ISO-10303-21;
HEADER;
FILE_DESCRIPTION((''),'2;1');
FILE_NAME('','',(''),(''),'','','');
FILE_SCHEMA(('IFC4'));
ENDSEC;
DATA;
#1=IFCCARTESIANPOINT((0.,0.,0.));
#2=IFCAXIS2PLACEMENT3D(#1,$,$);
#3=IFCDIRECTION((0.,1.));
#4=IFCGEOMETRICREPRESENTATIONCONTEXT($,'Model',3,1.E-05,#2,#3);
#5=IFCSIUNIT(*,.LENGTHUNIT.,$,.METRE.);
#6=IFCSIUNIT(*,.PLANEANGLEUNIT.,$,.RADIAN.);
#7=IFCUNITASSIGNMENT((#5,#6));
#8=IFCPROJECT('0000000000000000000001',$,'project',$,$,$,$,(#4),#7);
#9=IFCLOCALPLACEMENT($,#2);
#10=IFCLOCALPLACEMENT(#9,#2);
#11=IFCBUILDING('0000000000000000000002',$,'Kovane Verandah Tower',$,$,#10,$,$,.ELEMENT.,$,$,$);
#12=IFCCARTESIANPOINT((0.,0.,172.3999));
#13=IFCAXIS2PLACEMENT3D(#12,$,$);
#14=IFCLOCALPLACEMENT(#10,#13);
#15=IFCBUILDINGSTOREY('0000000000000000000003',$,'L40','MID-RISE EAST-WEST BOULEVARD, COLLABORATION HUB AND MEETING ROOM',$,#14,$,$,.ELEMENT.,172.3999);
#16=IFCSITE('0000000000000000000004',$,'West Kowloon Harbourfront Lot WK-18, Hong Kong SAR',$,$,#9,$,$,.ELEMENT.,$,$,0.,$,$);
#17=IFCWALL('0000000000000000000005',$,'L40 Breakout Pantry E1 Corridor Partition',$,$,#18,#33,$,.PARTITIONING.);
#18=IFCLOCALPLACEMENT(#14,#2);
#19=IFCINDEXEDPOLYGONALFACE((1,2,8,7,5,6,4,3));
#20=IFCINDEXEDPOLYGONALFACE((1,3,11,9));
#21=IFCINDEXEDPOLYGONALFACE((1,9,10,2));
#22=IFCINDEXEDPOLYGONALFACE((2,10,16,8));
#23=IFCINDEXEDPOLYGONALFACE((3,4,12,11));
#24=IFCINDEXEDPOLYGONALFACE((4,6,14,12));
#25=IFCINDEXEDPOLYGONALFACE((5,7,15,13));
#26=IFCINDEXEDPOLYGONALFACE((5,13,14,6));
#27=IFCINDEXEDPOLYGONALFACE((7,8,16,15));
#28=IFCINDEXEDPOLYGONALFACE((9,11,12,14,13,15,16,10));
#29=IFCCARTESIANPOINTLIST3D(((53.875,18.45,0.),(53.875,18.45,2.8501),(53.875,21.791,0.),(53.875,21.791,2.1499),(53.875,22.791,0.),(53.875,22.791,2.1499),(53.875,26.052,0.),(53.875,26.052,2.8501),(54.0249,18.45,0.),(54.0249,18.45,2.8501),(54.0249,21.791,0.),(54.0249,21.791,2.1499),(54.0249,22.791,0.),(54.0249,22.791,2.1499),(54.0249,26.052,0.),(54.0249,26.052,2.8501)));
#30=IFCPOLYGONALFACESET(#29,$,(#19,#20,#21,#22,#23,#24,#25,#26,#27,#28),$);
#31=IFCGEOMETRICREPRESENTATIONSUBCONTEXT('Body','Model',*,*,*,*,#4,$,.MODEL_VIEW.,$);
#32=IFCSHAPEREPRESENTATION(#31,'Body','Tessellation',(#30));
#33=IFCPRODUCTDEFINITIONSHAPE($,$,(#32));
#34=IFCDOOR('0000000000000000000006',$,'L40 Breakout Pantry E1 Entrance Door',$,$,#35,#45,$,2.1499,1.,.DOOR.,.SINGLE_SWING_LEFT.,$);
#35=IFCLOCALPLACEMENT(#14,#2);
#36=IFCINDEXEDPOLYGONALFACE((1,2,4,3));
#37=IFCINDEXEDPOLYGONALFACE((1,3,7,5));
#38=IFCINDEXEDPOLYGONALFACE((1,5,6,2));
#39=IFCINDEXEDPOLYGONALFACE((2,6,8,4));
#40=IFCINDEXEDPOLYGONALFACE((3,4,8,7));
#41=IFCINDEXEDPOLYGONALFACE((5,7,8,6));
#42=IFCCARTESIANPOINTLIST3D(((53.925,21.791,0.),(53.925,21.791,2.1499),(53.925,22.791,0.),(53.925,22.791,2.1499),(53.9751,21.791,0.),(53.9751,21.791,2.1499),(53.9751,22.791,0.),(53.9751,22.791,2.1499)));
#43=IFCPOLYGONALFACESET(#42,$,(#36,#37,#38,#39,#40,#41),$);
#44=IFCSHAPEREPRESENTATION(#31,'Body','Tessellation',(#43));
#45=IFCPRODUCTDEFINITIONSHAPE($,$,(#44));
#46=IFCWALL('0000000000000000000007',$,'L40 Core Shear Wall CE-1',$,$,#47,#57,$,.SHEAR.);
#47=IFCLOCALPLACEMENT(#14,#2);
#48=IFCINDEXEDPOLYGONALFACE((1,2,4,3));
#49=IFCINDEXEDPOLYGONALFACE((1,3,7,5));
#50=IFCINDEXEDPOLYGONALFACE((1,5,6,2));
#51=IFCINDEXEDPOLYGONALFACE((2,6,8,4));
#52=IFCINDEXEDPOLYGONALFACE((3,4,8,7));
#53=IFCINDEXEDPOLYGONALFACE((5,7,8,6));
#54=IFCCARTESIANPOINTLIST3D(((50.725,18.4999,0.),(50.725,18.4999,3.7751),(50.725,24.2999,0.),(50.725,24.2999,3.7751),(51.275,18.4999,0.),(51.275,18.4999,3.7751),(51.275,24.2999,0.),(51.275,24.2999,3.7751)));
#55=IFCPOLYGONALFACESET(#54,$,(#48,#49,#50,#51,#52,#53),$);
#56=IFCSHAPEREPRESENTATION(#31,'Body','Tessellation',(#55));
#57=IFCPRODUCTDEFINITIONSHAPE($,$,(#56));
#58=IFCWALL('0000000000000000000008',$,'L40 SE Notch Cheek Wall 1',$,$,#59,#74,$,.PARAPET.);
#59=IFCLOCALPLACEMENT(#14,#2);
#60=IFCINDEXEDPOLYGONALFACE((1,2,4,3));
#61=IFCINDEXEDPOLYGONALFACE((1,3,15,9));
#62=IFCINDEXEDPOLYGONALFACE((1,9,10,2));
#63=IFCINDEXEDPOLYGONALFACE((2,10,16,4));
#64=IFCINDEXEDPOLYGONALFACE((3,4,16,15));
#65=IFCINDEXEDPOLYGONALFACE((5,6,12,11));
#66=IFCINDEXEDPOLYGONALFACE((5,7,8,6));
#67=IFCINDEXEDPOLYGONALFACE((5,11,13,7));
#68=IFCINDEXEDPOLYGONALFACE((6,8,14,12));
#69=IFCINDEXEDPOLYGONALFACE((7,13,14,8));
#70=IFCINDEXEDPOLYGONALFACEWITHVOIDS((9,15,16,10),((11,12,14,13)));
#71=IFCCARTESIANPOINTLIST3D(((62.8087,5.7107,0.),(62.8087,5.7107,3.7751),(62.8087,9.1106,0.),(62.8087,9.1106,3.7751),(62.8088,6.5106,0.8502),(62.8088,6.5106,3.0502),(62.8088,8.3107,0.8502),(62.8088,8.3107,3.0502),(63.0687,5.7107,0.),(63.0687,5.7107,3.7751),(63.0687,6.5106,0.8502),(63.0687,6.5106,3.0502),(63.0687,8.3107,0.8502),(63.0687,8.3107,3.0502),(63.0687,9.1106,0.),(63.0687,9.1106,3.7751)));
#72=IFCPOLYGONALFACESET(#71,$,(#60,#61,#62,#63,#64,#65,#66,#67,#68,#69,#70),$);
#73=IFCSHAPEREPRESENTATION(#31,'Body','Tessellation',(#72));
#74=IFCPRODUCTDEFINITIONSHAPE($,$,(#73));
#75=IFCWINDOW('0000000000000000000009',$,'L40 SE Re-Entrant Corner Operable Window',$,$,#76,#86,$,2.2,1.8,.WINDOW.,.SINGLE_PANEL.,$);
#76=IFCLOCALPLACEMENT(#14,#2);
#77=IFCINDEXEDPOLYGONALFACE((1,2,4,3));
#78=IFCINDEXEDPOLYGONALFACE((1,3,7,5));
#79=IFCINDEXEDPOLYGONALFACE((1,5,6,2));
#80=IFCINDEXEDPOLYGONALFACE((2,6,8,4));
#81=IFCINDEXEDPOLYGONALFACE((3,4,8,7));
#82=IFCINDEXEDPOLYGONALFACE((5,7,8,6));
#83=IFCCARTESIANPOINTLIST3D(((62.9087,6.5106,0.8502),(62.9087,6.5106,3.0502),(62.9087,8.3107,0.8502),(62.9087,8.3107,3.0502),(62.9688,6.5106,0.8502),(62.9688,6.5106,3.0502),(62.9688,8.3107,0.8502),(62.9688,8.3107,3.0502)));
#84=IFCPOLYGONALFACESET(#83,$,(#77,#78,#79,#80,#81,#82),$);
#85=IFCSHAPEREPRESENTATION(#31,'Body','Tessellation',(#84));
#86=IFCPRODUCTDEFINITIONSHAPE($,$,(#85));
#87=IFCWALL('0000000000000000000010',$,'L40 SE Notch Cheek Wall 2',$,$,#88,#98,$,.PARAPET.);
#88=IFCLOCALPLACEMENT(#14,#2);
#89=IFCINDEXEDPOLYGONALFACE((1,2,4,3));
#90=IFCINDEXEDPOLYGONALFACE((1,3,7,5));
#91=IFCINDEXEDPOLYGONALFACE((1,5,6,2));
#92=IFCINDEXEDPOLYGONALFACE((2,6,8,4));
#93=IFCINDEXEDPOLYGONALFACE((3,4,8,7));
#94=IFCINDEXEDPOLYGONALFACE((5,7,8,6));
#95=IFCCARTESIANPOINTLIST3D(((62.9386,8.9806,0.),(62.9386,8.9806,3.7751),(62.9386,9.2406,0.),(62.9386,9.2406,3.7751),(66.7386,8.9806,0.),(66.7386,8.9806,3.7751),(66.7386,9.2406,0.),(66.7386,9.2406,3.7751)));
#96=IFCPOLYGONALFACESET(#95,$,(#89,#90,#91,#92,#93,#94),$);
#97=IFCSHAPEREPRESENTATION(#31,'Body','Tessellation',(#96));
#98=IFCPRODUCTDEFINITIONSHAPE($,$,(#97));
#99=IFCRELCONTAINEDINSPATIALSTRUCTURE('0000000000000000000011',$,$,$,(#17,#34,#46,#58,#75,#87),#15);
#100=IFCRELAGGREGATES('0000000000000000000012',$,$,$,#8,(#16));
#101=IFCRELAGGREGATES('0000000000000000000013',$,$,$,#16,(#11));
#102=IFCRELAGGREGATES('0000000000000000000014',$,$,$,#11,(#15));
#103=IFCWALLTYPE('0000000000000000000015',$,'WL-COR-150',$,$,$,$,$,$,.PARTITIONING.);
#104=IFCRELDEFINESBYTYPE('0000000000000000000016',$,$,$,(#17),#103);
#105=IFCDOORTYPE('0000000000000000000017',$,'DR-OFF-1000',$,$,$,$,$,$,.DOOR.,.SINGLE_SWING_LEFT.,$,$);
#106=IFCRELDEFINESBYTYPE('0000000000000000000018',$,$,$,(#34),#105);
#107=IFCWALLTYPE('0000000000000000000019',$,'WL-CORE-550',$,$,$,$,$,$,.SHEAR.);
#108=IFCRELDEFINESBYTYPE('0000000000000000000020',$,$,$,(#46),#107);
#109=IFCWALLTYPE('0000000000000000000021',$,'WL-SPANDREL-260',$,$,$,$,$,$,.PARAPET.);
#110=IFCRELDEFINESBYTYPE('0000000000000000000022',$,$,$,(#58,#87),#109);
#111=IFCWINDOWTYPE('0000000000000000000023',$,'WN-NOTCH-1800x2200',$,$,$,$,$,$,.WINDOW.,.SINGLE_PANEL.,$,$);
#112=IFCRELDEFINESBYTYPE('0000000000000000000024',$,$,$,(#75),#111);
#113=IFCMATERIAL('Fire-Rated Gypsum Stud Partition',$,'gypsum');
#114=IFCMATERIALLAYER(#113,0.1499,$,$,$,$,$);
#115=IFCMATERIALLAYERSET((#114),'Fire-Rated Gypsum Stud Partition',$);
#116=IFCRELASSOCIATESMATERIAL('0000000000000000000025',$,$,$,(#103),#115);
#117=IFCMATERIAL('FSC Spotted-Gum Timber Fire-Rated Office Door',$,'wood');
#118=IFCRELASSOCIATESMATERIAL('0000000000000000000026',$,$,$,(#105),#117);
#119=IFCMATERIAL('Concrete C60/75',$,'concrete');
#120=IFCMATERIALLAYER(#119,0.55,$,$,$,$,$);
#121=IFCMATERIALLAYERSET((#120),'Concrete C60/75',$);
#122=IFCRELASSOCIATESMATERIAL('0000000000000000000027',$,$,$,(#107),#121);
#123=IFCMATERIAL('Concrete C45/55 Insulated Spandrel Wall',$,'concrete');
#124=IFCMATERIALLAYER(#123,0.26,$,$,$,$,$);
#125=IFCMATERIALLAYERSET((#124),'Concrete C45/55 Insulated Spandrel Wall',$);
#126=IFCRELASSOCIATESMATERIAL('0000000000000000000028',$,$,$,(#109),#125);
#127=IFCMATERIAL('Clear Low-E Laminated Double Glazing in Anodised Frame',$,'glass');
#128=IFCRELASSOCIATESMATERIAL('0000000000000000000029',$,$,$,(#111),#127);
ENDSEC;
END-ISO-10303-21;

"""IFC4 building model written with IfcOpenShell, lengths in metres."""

from ifc_helpers import new_model, si_unit, direction, frame, frame_2d, origin, place, context, subcontext, project, spatial, rectangle, extrude, material, layer, layer_set, type_object, element, fill, save


model = new_model("IFC4")

# Units and contexts
model_context = context("Model", 3, precision=1e-05, world=origin(), true_north=direction((0.0, 1.0)))
body_context = subcontext(model_context, "Body", "Model", "MODEL_VIEW")
ifc_project = project(units=[si_unit("LENGTHUNIT", "METRE"), si_unit("PLANEANGLEUNIT", "RADIAN")], contexts=[model_context])

# Site, building, storey
site_placement = place(None, origin())
site = spatial("IfcSite", under=ifc_project, at=site_placement, Name="West Kowloon Harbourfront Lot WK-18, Hong Kong SAR", CompositionType="ELEMENT", RefElevation=0.0)
building_placement = place(site_placement, origin())
building = spatial("IfcBuilding", under=site, at=building_placement, Name="Kovane Verandah Tower", CompositionType="ELEMENT")
storey_placement = place(building_placement, frame((0.0, 0.0, 172.3999)))
storey = spatial("IfcBuildingStorey", under=building, at=storey_placement, Name="L40", Description="MID-RISE EAST-WEST BOULEVARD, COLLABORATION HUB AND MEETING ROOM", CompositionType="ELEMENT", Elevation=172.3999)

# Wall, opening, door
ifc_material_1 = material(Name="Fire-Rated Gypsum Stud Partition", Category="gypsum")
ifc_layer_1 = layer(ifc_material_1, 0.1499)
ifc_layer_set_1 = layer_set([ifc_layer_1], Name="Fire-Rated Gypsum Stud Partition")
wall_type_1 = type_object("IfcWallType", Name="WL-COR-150", PredefinedType="PARTITIONING", material=ifc_layer_set_1)
wall_1_placement = place(storey_placement, frame((53.95, 18.45, 0.0), z_axis=(0.0, 0.0, 1.0), x_axis=(0.0, 1.0, 0.0)))
wall_1 = element("IfcWall", 1, at=wall_1_placement, inside=storey, type_object=wall_type_1, Name="L40 Breakout Pantry E1 Corridor Partition", PredefinedType="PARTITIONING", context=body_context, shape_type="SweptSolid", body=[
    extrude(rectangle(XDim=7.6021, YDim=0.1499, at=frame_2d((3.801, 0.0))), origin(), (0.0, 0.0, 1.0), 2.8501),
])
opening_1_placement = place(wall_1_placement, frame((3.3411, 0.0, 0.0)))
opening_1 = element("IfcOpeningElement", 2, at=opening_1_placement, cuts=wall_1, PredefinedType="OPENING", context=body_context, shape_type="SweptSolid", body=[
    extrude(rectangle(XDim=1.0, YDim=2.1499, at=frame_2d((0.5, 1.075))), frame((0.0, 0.075, 0.0), z_axis=(0.0, -1.0, 0.0), x_axis=(1.0, 0.0, 0.0)), (0.0, 0.0, 1.0), 0.1499),
])
ifc_material_2 = material(Name="FSC Spotted-Gum Timber Fire-Rated Office Door", Category="wood")
door_type_1 = type_object("IfcDoorType", Name="DR-OFF-1000", OperationType="SINGLE_SWING_LEFT", PredefinedType="DOOR", material=ifc_material_2)
door_1_placement = place(opening_1_placement, origin())
door_1 = element("IfcDoor", 3, at=door_1_placement, inside=storey, type_object=door_type_1, Name="L40 Breakout Pantry E1 Entrance Door", OperationType="SINGLE_SWING_LEFT", OverallHeight=2.1499, OverallWidth=1.0, PredefinedType="DOOR", context=body_context, shape_type="SweptSolid", body=[
    extrude(rectangle(XDim=1.0, YDim=2.1499, at=frame_2d((0.5, 1.075))), frame((0.0, 0.0249, 0.0), z_axis=(0.0, -1.0, 0.0), x_axis=(1.0, 0.0, 0.0)), (0.0, 0.0, 1.0), 0.05),
])
fill(opening_1, door_1)

# Wall
ifc_material_3 = material(Name="Concrete C60/75", Category="concrete")
ifc_layer_2 = layer(ifc_material_3, 0.55)
ifc_layer_set_2 = layer_set([ifc_layer_2], Name="Concrete C60/75")
wall_type_2 = type_object("IfcWallType", Name="WL-CORE-550", PredefinedType="SHEAR", material=ifc_layer_set_2)
wall_2_placement = place(storey_placement, frame((51.0, 18.5, 0.0), z_axis=(0.0, 0.0, 1.0), x_axis=(0.0, 1.0, 0.0)))
element("IfcWall", 4, at=wall_2_placement, inside=storey, type_object=wall_type_2, Name="L40 Core Shear Wall CE-1", PredefinedType="SHEAR", context=body_context, shape_type="SweptSolid", body=[
    extrude(rectangle(XDim=5.8, YDim=0.55, at=frame_2d((2.8999, 0.0))), origin(), (0.0, 0.0, 1.0), 3.7751),
])

# Shared definitions
ifc_material_4 = material(Name="Concrete C45/55 Insulated Spandrel Wall", Category="concrete")
ifc_layer_3 = layer(ifc_material_4, 0.26)
ifc_layer_set_3 = layer_set([ifc_layer_3], Name="Concrete C45/55 Insulated Spandrel Wall")
wall_type_3 = type_object("IfcWallType", Name="WL-SPANDREL-260", PredefinedType="PARAPET", material=ifc_layer_set_3)
ifc_material_5 = material(Name="Clear Low-E Laminated Double Glazing in Anodised Frame", Category="glass")

# Wall, opening, window
wall_3_placement = place(storey_placement, frame((62.9387, 5.7107, 0.0), z_axis=(0.0, 0.0, 1.0), x_axis=(0.0, 1.0, 0.0)))
wall_3 = element("IfcWall", 5, at=wall_3_placement, inside=storey, type_object=wall_type_3, Name="L40 SE Notch Cheek Wall 1", PredefinedType="PARAPET", context=body_context, shape_type="SweptSolid", body=[
    extrude(rectangle(XDim=3.3999, YDim=0.26, at=frame_2d((1.7, 0.0))), origin(), (0.0, 0.0, 1.0), 3.7751),
])
opening_2_placement = place(wall_3_placement, frame((0.8, 0.0, 0.8501)))
opening_2 = element("IfcOpeningElement", 6, at=opening_2_placement, cuts=wall_3, PredefinedType="OPENING", context=body_context, shape_type="SweptSolid", body=[
    extrude(rectangle(XDim=1.8, YDim=2.2, at=frame_2d((0.8999, 1.1001))), frame((0.0, 0.1299, 0.0), z_axis=(0.0, -1.0, 0.0), x_axis=(1.0, 0.0, 0.0)), (0.0, 0.0, 1.0), 0.26),
])
window_type_1 = type_object("IfcWindowType", Name="WN-NOTCH-1800x2200", PartitioningType="SINGLE_PANEL", PredefinedType="WINDOW", material=ifc_material_5)
window_1_placement = place(opening_2_placement, origin())
window_1 = element("IfcWindow", 7, at=window_1_placement, inside=storey, type_object=window_type_1, Name="L40 SE Re-Entrant Corner Operable Window", OverallHeight=2.2, OverallWidth=1.8, PartitioningType="SINGLE_PANEL", PredefinedType="WINDOW", context=body_context, shape_type="SweptSolid", body=[
    extrude(rectangle(XDim=1.8, YDim=2.2, at=frame_2d((0.8999, 1.1001))), frame((0.0, 0.03, 0.0), z_axis=(0.0, -1.0, 0.0), x_axis=(1.0, 0.0, 0.0)), (0.0, 0.0, 1.0), 0.0601),
])
fill(opening_2, window_1)

# Wall
wall_4_placement = place(storey_placement, frame((62.9387, 9.1106, 0.0), z_axis=(0.0, 0.0, 1.0), x_axis=(1.0, 0.0, 0.0)))
element("IfcWall", 8, at=wall_4_placement, inside=storey, type_object=wall_type_3, Name="L40 SE Notch Cheek Wall 2", PredefinedType="PARAPET", context=body_context, shape_type="SweptSolid", body=[
    extrude(rectangle(XDim=3.8, YDim=0.26, at=frame_2d((1.8999, 0.0))), origin(), (0.0, 0.0, 1.0), 3.7751),
])

save(model, "model.ifc")
